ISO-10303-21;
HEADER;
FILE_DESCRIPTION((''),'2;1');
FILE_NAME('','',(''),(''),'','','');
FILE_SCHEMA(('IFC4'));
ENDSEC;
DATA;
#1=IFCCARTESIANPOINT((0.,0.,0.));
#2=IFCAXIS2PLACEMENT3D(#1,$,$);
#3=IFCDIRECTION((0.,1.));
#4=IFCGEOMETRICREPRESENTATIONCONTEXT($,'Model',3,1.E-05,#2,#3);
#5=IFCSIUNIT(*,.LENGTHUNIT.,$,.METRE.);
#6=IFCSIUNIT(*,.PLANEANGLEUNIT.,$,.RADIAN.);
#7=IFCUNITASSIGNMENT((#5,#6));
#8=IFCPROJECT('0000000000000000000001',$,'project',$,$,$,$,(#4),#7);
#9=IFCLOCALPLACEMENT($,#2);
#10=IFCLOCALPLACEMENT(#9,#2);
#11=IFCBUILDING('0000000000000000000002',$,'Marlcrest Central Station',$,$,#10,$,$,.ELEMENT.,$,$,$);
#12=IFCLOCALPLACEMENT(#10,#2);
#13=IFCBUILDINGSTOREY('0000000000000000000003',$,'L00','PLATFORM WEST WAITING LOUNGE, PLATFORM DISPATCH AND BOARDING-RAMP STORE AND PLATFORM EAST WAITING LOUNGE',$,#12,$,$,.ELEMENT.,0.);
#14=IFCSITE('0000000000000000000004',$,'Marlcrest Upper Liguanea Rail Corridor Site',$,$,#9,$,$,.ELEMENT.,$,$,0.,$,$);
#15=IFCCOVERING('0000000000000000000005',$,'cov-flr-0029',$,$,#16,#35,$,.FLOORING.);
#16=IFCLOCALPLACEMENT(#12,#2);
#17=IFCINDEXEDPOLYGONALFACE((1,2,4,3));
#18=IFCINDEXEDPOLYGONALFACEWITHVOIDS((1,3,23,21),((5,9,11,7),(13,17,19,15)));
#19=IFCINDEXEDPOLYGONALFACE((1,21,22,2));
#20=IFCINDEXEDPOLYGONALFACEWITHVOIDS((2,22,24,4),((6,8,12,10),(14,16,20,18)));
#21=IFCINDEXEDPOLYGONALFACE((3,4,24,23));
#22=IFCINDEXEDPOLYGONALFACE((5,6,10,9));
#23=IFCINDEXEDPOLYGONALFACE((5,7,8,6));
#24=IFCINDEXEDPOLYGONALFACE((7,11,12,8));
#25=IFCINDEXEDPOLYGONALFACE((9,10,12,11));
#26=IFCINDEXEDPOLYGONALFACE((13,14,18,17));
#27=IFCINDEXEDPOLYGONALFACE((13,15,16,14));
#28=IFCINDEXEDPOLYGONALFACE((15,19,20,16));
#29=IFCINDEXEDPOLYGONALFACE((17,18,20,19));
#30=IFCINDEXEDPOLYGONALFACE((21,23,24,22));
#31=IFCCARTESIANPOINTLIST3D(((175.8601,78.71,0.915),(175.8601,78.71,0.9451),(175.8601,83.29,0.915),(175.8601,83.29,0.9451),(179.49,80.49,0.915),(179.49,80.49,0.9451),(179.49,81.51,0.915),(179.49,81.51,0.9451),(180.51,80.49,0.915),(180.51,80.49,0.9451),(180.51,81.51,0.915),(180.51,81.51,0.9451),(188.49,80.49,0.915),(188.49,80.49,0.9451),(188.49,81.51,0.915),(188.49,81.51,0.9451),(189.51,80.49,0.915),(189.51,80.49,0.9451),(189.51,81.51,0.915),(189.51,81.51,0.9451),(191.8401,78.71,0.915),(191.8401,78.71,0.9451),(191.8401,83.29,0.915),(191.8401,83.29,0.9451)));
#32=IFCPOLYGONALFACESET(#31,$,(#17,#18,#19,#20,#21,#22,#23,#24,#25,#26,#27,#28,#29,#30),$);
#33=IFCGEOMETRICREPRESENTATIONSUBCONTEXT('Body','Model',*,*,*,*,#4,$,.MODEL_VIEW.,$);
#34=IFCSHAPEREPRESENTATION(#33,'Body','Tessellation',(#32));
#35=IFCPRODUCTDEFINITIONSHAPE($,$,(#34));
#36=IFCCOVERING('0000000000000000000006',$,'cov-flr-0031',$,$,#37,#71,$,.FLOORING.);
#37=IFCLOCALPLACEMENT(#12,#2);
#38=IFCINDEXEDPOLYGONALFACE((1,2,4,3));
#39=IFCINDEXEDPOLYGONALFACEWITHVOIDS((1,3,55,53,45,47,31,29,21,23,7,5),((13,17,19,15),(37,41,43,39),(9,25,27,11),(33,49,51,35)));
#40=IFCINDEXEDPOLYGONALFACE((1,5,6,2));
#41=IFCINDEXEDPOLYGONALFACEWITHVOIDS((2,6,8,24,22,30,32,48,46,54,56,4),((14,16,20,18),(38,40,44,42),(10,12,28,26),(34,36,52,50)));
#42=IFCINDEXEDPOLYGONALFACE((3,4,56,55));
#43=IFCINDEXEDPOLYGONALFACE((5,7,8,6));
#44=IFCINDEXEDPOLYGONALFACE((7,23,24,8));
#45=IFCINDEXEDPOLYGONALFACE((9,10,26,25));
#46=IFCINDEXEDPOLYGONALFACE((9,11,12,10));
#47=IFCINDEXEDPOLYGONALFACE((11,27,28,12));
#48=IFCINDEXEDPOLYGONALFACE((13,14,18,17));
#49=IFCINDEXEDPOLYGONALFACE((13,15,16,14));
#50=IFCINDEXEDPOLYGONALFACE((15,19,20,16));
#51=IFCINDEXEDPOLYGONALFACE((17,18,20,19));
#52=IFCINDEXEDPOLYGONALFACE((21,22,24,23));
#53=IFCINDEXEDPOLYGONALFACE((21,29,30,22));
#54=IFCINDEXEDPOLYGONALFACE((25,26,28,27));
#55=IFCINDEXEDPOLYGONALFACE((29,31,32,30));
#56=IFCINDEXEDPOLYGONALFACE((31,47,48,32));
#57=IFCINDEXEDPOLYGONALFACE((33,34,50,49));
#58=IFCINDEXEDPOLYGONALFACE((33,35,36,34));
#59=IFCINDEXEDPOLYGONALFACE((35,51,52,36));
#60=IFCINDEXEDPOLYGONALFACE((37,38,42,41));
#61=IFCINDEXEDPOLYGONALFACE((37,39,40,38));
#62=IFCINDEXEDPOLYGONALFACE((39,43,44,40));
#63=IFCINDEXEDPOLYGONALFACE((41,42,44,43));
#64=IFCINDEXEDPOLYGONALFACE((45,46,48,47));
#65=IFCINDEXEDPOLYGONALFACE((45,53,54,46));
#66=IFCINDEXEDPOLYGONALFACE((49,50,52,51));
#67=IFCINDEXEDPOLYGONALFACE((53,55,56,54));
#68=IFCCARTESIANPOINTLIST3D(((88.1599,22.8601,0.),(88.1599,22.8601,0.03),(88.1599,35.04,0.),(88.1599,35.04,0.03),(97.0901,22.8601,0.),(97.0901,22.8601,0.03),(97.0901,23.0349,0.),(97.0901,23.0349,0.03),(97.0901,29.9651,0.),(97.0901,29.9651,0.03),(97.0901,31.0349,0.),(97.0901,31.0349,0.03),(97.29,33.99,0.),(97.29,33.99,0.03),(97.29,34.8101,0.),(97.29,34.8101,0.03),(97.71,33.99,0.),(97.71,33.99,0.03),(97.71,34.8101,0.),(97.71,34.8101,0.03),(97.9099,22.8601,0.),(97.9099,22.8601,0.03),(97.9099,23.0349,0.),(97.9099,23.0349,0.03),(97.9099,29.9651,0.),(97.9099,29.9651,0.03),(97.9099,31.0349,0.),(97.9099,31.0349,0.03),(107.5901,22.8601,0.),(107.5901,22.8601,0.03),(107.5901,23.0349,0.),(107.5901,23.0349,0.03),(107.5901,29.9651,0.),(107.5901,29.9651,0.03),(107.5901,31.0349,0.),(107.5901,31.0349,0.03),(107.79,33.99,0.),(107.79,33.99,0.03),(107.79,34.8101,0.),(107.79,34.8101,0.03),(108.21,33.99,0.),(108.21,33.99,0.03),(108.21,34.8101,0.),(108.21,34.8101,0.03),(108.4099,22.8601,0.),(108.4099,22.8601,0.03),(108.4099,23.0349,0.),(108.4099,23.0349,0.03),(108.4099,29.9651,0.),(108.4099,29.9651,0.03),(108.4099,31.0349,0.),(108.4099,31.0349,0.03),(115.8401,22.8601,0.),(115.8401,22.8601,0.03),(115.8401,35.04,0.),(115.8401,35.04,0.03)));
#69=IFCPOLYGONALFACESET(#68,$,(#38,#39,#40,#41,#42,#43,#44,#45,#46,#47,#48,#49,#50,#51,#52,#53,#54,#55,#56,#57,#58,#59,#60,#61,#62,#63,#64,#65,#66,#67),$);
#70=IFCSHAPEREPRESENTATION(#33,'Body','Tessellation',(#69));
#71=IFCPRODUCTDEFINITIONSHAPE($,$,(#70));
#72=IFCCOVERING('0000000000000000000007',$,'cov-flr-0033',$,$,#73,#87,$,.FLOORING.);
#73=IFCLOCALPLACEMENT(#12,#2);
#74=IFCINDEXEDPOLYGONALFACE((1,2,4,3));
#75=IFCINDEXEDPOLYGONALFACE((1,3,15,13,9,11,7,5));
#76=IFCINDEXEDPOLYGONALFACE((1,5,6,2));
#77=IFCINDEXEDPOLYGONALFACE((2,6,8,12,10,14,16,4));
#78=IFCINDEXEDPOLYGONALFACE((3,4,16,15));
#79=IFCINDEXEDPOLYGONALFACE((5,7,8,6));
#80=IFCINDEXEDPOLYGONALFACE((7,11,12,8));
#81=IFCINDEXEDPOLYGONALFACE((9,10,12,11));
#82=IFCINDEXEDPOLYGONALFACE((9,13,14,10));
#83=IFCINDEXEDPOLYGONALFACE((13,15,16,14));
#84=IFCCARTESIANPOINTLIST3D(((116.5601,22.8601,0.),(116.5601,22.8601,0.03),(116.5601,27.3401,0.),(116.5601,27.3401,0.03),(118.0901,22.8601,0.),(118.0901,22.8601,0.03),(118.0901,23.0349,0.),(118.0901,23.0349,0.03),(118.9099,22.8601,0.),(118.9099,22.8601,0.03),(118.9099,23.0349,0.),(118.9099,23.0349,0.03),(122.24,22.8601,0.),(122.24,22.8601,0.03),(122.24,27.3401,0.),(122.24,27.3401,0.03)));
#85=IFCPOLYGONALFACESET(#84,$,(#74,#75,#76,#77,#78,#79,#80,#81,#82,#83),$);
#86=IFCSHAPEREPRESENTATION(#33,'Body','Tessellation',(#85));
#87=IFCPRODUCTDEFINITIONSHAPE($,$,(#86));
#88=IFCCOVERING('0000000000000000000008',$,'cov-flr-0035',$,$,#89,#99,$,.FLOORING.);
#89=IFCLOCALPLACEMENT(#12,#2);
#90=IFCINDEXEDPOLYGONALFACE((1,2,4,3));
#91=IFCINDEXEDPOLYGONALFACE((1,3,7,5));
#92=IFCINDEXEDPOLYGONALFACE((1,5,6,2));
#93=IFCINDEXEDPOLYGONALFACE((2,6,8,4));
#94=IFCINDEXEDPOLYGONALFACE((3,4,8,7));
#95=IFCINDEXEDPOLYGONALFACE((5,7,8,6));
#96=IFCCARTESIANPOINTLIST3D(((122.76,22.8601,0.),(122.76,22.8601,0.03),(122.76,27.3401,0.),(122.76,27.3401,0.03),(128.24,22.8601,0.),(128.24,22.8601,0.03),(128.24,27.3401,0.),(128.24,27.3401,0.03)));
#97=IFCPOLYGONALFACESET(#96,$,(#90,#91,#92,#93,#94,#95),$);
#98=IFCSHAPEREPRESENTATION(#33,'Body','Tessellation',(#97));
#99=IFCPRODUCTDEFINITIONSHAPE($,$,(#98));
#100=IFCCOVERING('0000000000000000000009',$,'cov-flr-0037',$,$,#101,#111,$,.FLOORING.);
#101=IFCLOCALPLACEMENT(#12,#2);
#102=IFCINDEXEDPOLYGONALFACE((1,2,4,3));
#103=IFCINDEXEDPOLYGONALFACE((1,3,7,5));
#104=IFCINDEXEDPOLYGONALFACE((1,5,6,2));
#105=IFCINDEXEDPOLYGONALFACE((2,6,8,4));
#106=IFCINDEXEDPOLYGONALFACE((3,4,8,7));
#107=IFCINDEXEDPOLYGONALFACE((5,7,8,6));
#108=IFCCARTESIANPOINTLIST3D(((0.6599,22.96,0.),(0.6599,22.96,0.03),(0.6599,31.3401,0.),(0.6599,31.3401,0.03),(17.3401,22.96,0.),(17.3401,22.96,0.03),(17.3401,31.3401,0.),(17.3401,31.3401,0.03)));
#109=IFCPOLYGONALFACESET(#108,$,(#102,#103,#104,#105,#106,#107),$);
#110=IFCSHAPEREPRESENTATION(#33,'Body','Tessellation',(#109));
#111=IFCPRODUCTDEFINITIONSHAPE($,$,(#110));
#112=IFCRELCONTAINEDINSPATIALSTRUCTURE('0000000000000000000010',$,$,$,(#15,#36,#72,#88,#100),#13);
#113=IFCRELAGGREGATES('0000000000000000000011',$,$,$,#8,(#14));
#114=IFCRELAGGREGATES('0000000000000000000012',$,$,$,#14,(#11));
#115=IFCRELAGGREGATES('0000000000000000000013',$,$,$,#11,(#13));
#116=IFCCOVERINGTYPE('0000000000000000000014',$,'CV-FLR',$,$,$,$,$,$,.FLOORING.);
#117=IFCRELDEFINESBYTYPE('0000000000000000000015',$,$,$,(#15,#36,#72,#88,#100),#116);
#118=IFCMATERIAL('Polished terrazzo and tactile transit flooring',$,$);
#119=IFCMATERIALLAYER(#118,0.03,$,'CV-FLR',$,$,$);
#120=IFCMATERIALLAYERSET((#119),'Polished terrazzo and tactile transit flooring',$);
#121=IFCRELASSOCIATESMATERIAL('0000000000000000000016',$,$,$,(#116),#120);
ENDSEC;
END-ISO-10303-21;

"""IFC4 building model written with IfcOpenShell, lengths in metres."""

from ifc_helpers import new_model, si_unit, direction, frame, origin, place, context, subcontext, project, spatial, polyline, outline, extrude, material, layer, layer_set, type_object, element, save


model = new_model("IFC4")

# Units and contexts
model_context = context("Model", 3, precision=1e-05, world=origin(), true_north=direction((0.0, 1.0)))
body_context = subcontext(model_context, "Body", "Model", "MODEL_VIEW")
ifc_project = project(units=[si_unit("LENGTHUNIT", "METRE"), si_unit("PLANEANGLEUNIT", "RADIAN")], contexts=[model_context])

# Site, building, storey
site_placement = place(None, origin())
site = spatial("IfcSite", under=ifc_project, at=site_placement, Name="Marlcrest Upper Liguanea Rail Corridor Site", CompositionType="ELEMENT", RefElevation=0.0)
building_placement = place(site_placement, origin())
building = spatial("IfcBuilding", under=site, at=building_placement, Name="Marlcrest Central Station", CompositionType="ELEMENT")
storey_placement = place(building_placement, origin())
storey = spatial("IfcBuildingStorey", under=building, at=storey_placement, Name="L00", Description="PLATFORM WEST WAITING LOUNGE, PLATFORM DISPATCH AND BOARDING-RAMP STORE AND PLATFORM EAST WAITING LOUNGE", CompositionType="ELEMENT", Elevation=0.0)

# Coverings
ifc_material_1 = material(Name="Polished terrazzo and tactile transit flooring")
ifc_layer_1 = layer(ifc_material_1, 0.03, Name="CV-FLR")
ifc_layer_set_1 = layer_set([ifc_layer_1], Name="Polished terrazzo and tactile transit flooring")
covering_type_1 = type_object("IfcCoveringType", Name="CV-FLR", PredefinedType="FLOORING", material=ifc_layer_set_1)
covering_1_placement = place(storey_placement, frame((0.0, 0.0, 0.915)))
element("IfcCovering", 1, at=covering_1_placement, inside=storey, type_object=covering_type_1, Name="cov-flr-0029", PredefinedType="FLOORING", context=body_context, shape_type="SweptSolid", body=[
    extrude(outline(polyline([(175.8601, 83.29), (191.8401, 83.29), (191.8401, 78.71), (175.8601, 78.71), (175.8601, 83.29)]), holes=[polyline([(179.49, 81.51), (179.49, 80.49), (180.51, 80.49), (180.51, 81.51), (179.49, 81.51)]), polyline([(189.51, 81.51), (188.49, 81.51), (188.49, 80.49), (189.51, 80.49), (189.51, 81.51)])]), origin(), (0.0, 0.0, 1.0), 0.03),
])
covering_2_placement = place(storey_placement, origin())
element("IfcCovering", 2, at=covering_2_placement, inside=storey, type_object=covering_type_1, Name="cov-flr-0031", PredefinedType="FLOORING", context=body_context, shape_type="SweptSolid", body=[
    extrude(outline(polyline([(108.4099, 23.0349), (107.5901, 23.0349), (107.5901, 22.8601), (97.9099, 22.8601), (97.9099, 23.0349), (97.0901, 23.0349), (97.0901, 22.8601), (88.1599, 22.8601), (88.1599, 35.04), (115.8401, 35.04), (115.8401, 22.8601), (108.4099, 22.8601), (108.4099, 23.0349)]), holes=[polyline([(97.9099, 29.9651), (97.9099, 31.0349), (97.0901, 31.0349), (97.0901, 29.9651), (97.9099, 29.9651)]), polyline([(107.5901, 29.9651), (108.4099, 29.9651), (108.4099, 31.0349), (107.5901, 31.0349), (107.5901, 29.9651)]), polyline([(97.29, 34.8101), (97.29, 33.99), (97.71, 33.99), (97.71, 34.8101), (97.29, 34.8101)]), polyline([(108.21, 34.8101), (107.79, 34.8101), (107.79, 33.99), (108.21, 33.99), (108.21, 34.8101)])]), origin(), (0.0, 0.0, 1.0), 0.03),
])
covering_3_placement = place(storey_placement, origin())
element("IfcCovering", 3, at=covering_3_placement, inside=storey, type_object=covering_type_1, Name="cov-flr-0033", PredefinedType="FLOORING", context=body_context, shape_type="SweptSolid", body=[
    extrude(outline(polyline([(116.5601, 22.8601), (116.5601, 27.3401), (122.24, 27.3401), (122.24, 22.8601), (118.9099, 22.8601), (118.9099, 23.0349), (118.0901, 23.0349), (118.0901, 22.8601), (116.5601, 22.8601)])), origin(), (0.0, 0.0, 1.0), 0.03),
])
covering_4_placement = place(storey_placement, origin())
element("IfcCovering", 4, at=covering_4_placement, inside=storey, type_object=covering_type_1, Name="cov-flr-0035", PredefinedType="FLOORING", context=body_context, shape_type="SweptSolid", body=[
    extrude(outline(polyline([(128.24, 22.8601), (128.24, 27.3401), (122.76, 27.3401), (122.76, 22.8601), (128.24, 22.8601)])), origin(), (0.0, 0.0, 1.0), 0.03),
])
covering_5_placement = place(storey_placement, origin())
element("IfcCovering", 5, at=covering_5_placement, inside=storey, type_object=covering_type_1, Name="cov-flr-0037", PredefinedType="FLOORING", context=body_context, shape_type="SweptSolid", body=[
    extrude(outline(polyline([(17.3401, 22.96), (17.3401, 31.3401), (0.6599, 31.3401), (0.6599, 22.96), (17.3401, 22.96)])), origin(), (0.0, 0.0, 1.0), 0.03),
])

save(model, "model.ifc")
